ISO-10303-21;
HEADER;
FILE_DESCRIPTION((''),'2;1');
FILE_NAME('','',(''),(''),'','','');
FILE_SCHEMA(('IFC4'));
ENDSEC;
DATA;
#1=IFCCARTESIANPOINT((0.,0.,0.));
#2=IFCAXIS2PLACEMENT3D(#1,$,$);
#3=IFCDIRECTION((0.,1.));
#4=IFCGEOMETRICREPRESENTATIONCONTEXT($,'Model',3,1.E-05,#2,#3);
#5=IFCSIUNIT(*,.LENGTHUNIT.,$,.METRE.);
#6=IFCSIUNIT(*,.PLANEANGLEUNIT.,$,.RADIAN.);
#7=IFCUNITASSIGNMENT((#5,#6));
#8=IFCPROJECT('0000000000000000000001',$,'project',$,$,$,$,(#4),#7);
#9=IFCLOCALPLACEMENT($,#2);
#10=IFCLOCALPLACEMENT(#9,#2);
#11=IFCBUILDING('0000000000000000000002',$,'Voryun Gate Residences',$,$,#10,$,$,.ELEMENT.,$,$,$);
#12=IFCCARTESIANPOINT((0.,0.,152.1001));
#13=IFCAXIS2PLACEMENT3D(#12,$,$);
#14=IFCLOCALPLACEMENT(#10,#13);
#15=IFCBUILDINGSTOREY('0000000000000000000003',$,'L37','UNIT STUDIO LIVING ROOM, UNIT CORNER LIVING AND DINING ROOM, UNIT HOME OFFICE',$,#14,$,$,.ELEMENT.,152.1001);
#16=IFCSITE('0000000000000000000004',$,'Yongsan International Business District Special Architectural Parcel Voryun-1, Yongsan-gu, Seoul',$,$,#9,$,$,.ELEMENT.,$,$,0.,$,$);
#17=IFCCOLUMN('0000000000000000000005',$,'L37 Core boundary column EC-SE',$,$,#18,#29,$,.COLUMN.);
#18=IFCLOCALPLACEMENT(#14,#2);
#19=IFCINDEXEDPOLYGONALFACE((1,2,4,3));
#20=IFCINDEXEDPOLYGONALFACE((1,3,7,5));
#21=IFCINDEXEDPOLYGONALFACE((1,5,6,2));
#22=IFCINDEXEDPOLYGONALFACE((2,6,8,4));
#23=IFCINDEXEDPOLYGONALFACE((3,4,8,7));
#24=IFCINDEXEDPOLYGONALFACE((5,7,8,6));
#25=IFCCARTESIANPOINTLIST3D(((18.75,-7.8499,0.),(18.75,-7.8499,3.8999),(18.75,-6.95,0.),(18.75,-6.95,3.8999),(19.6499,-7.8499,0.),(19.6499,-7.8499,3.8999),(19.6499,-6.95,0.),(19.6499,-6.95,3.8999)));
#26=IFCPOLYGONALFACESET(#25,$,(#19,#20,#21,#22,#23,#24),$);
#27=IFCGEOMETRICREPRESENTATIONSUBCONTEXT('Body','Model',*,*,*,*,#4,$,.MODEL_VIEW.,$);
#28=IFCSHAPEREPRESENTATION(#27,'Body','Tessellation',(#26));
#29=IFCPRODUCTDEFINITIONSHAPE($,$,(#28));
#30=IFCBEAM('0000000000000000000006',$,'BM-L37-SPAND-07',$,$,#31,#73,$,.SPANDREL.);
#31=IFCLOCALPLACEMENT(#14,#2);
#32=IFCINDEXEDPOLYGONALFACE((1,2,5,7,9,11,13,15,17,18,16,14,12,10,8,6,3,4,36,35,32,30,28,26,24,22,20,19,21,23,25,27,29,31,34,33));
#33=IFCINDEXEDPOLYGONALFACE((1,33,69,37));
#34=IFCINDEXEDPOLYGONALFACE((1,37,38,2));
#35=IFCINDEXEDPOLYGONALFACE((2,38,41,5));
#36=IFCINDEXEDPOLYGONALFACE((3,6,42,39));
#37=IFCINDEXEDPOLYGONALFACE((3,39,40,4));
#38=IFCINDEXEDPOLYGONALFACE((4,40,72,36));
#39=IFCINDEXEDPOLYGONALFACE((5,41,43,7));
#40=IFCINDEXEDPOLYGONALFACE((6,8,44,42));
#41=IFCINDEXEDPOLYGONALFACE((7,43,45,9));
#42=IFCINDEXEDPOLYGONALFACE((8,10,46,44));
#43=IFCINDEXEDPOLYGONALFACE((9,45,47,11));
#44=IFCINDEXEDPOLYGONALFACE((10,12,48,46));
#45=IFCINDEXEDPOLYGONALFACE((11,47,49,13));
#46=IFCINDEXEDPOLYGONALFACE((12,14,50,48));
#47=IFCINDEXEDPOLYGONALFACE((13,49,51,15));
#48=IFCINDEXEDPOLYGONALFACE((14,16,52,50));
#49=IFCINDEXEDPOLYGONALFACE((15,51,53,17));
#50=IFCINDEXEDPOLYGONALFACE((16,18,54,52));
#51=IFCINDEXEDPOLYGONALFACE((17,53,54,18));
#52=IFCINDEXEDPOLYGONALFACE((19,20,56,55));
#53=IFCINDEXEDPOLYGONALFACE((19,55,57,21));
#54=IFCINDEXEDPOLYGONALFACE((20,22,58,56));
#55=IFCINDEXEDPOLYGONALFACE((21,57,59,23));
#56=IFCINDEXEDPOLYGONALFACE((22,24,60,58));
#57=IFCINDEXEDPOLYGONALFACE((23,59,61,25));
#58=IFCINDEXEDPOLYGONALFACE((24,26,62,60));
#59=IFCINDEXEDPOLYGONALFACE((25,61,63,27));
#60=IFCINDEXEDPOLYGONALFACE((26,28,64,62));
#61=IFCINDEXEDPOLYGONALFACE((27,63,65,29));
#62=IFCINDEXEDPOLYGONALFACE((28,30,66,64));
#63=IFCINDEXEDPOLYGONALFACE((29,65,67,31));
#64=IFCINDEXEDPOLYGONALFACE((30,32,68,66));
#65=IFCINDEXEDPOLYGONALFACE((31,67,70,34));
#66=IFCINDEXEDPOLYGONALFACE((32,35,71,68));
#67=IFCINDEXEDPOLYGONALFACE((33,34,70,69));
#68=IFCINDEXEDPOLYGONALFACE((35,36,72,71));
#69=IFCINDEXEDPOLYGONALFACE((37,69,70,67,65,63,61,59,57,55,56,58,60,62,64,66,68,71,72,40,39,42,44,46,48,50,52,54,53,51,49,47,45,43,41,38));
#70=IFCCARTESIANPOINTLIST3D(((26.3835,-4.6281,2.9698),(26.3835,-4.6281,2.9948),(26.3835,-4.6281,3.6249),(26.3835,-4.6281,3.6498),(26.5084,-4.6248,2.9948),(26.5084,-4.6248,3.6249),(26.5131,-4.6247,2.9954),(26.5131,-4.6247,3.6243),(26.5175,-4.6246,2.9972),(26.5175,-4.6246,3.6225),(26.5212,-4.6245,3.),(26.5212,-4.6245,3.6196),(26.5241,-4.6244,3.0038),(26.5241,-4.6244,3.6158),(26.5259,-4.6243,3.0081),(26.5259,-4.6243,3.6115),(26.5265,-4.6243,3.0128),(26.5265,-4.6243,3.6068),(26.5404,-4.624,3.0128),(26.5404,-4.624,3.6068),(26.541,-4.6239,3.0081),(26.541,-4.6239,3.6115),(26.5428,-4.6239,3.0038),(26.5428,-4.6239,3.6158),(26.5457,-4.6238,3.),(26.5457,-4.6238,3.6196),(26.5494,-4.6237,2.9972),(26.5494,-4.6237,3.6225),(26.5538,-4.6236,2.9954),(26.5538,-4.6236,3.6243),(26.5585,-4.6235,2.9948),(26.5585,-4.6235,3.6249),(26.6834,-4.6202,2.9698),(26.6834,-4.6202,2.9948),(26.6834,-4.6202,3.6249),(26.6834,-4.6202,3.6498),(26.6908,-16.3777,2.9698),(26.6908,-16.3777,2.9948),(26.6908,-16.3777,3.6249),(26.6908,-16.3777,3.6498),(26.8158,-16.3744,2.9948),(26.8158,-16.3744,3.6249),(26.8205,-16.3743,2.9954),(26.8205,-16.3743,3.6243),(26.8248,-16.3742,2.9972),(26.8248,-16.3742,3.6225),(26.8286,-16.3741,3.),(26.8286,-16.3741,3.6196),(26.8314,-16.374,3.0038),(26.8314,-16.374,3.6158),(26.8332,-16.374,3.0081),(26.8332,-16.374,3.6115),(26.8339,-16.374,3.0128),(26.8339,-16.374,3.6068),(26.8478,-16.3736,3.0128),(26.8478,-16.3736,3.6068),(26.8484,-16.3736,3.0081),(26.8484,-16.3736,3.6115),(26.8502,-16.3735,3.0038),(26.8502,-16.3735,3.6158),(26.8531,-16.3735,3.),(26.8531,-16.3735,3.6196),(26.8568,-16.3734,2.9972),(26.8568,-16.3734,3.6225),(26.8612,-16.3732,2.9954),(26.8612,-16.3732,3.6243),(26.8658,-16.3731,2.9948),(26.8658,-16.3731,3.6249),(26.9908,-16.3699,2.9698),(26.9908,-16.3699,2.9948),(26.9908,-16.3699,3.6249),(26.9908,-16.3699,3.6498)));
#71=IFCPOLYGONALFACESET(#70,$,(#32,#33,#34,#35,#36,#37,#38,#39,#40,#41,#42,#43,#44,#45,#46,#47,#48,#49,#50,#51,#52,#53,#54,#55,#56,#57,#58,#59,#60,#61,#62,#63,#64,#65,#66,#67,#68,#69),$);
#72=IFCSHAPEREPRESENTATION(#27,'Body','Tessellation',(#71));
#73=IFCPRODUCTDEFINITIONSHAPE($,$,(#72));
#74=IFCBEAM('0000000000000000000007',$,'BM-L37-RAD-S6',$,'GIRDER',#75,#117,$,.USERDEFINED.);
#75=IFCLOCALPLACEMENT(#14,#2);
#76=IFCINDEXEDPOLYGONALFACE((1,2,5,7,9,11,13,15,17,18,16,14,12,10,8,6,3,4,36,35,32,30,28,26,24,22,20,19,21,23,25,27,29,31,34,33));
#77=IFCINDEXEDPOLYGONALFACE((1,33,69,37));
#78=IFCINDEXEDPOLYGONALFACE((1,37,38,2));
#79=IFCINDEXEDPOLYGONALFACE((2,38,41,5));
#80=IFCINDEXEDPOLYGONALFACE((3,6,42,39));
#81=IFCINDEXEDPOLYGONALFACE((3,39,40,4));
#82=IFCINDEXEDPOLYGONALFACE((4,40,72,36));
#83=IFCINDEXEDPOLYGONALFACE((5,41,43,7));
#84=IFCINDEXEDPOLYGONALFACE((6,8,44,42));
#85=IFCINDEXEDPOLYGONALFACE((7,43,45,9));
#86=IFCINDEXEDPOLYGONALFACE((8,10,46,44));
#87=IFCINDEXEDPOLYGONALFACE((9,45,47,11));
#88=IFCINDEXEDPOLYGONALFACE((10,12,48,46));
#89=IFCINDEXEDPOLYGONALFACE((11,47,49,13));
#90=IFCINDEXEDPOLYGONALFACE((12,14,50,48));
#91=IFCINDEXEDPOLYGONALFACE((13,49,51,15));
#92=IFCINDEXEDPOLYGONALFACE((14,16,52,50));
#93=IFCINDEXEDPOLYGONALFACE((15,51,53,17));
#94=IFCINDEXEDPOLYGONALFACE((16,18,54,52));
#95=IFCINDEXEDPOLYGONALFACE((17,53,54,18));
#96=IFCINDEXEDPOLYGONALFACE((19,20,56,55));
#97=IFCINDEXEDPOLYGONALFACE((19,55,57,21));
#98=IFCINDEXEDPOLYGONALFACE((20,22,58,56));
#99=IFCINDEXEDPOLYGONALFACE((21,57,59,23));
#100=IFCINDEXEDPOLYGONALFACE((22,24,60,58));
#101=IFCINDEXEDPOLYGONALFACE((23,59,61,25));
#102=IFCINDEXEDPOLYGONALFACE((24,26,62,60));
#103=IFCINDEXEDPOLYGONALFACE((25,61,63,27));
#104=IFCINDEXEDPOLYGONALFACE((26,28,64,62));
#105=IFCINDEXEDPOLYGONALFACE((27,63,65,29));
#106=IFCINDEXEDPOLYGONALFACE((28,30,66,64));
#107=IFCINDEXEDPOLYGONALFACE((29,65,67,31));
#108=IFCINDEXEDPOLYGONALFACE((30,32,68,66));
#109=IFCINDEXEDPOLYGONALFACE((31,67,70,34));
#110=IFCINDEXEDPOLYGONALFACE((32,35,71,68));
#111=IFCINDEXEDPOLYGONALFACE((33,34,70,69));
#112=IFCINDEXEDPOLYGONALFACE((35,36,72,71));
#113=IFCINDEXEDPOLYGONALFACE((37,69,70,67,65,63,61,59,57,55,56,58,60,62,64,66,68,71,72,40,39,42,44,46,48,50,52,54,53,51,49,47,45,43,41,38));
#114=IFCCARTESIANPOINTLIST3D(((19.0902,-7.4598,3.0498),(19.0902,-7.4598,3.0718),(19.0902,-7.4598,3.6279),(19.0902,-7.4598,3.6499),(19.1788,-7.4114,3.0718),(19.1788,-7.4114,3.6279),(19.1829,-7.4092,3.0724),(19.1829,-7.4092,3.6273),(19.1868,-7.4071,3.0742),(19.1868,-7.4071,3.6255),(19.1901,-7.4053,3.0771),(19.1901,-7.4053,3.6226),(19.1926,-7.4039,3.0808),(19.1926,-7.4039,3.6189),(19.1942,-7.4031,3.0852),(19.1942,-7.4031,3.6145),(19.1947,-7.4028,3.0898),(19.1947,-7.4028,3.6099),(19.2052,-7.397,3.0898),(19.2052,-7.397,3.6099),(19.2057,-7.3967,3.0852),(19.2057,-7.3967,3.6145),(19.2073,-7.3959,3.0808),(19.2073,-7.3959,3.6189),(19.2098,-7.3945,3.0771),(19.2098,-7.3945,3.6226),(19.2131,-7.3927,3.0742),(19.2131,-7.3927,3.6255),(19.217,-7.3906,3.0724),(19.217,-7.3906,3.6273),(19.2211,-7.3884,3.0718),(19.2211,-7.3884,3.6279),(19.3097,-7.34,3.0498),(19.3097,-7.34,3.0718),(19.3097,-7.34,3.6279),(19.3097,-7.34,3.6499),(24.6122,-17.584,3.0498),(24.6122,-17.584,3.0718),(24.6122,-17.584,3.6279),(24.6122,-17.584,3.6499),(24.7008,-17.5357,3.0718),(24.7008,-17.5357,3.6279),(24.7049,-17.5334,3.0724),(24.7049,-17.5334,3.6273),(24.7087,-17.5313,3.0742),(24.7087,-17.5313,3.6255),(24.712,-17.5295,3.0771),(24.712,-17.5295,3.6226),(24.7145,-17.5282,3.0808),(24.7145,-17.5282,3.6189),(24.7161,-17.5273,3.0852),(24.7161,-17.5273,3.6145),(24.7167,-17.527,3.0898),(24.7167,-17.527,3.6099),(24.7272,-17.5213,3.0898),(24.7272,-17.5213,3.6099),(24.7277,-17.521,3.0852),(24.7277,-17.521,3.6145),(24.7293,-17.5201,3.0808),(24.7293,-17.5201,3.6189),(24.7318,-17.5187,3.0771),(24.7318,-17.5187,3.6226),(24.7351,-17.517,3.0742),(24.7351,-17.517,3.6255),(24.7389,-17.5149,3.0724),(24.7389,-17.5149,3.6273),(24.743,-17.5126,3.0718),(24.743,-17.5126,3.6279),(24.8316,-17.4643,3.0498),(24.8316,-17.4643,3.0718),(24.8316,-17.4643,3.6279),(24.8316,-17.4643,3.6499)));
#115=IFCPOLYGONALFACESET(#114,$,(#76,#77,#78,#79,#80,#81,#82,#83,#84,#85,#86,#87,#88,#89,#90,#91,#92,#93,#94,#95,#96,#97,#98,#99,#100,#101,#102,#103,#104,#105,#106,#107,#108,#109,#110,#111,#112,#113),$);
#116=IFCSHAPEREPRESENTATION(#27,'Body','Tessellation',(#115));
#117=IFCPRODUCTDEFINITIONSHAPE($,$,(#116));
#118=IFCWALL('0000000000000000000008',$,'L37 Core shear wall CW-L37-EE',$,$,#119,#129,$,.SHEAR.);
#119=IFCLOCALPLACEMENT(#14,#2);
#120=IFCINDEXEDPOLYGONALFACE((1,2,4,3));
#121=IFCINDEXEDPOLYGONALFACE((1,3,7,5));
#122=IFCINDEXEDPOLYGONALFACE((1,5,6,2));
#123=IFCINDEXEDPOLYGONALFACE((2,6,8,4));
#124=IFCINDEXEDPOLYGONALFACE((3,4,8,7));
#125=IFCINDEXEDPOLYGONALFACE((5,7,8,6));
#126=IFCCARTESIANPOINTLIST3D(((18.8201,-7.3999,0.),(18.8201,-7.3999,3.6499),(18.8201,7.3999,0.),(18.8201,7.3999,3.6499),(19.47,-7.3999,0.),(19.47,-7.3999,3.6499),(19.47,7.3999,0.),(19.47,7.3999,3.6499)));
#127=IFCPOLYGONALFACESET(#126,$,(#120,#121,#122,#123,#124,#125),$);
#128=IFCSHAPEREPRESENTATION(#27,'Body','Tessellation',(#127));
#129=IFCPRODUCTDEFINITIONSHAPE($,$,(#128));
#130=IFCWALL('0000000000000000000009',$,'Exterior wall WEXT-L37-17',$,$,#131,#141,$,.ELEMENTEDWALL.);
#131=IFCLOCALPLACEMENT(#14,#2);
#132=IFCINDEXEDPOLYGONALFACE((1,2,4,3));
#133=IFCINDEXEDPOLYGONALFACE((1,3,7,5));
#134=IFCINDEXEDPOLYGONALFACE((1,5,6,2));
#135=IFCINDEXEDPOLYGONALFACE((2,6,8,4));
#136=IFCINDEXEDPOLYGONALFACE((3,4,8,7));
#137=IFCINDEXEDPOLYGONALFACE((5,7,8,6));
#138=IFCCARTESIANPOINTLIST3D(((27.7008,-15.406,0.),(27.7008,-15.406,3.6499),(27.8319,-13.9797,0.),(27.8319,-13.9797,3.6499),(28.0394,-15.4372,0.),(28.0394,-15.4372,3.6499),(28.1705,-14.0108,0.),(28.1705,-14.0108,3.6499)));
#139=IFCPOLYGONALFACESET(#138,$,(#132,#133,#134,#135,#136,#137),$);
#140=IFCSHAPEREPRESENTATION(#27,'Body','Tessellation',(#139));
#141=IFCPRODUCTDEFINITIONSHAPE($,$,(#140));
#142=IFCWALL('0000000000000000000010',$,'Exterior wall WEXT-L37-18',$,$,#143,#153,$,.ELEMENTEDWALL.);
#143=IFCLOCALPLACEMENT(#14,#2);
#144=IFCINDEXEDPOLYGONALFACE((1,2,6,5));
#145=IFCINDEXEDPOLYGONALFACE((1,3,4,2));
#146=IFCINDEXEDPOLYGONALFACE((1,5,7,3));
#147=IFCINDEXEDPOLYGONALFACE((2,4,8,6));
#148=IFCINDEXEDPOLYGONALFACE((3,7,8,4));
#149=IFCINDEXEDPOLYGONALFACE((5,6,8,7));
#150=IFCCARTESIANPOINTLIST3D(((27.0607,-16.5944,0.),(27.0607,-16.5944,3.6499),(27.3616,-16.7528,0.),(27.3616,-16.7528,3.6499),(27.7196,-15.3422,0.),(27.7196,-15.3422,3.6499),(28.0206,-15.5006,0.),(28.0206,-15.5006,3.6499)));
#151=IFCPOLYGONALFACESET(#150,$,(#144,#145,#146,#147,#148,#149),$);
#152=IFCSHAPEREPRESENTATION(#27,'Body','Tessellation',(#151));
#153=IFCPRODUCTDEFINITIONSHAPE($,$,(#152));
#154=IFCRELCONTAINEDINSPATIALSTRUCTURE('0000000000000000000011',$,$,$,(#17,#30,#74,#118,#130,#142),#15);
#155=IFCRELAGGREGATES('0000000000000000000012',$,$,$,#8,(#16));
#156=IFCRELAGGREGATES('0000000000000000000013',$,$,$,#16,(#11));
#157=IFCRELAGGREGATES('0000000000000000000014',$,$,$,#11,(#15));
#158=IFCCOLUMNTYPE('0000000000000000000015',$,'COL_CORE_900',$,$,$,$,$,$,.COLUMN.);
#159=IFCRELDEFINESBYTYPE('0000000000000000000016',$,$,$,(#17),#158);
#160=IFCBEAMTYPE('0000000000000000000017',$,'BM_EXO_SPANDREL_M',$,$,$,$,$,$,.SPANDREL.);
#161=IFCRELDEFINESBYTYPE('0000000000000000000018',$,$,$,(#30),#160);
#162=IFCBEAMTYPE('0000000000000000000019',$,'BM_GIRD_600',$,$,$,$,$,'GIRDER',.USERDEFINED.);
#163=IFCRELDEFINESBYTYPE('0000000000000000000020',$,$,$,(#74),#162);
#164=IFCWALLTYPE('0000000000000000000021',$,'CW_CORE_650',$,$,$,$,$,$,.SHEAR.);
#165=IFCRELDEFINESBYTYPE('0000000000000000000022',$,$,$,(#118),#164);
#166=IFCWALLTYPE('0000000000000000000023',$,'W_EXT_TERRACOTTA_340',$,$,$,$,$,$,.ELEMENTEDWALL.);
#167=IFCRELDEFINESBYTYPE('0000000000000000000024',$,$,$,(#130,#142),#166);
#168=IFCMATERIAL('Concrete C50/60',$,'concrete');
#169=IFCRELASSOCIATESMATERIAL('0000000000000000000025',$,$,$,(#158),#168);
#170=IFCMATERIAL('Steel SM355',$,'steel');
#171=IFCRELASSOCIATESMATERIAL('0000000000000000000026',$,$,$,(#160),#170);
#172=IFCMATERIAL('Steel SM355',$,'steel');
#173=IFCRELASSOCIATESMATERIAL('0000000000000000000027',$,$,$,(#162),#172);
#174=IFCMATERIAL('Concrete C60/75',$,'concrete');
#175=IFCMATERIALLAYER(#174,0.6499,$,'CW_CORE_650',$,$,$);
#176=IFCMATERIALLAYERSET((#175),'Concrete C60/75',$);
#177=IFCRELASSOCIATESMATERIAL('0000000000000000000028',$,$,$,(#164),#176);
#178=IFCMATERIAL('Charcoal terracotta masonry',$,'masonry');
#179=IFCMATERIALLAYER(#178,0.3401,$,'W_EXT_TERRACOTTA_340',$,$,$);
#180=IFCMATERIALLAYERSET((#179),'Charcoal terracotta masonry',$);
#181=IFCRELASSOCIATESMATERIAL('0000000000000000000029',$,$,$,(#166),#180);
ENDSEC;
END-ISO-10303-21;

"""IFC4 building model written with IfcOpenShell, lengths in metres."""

from ifc_helpers import new_model, si_unit, direction, frame, frame_2d, origin, origin_2d, place, context, subcontext, project, spatial, rectangle, i_section, extrude, material, layer, layer_set, material_profile, profile_set, type_object, element, save


model = new_model("IFC4")

# Units and contexts
model_context = context("Model", 3, precision=1e-05, world=origin(), true_north=direction((0.0, 1.0)))
body_context = subcontext(model_context, "Body", "Model", "MODEL_VIEW")
ifc_project = project(units=[si_unit("LENGTHUNIT", "METRE"), si_unit("PLANEANGLEUNIT", "RADIAN")], contexts=[model_context])

# Site, building, storey
site_placement = place(None, origin())
site = spatial("IfcSite", under=ifc_project, at=site_placement, Name="Yongsan International Business District Special Architectural Parcel Voryun-1, Yongsan-gu, Seoul", CompositionType="ELEMENT", RefElevation=0.0)
building_placement = place(site_placement, origin())
building = spatial("IfcBuilding", under=site, at=building_placement, Name="Voryun Gate Residences", CompositionType="ELEMENT")
storey_placement = place(building_placement, frame((0.0, 0.0, 152.1001)))
storey = spatial("IfcBuildingStorey", under=building, at=storey_placement, Name="L37", Description="UNIT STUDIO LIVING ROOM, UNIT CORNER LIVING AND DINING ROOM, UNIT HOME OFFICE", CompositionType="ELEMENT", Elevation=152.1001)

# Column
ifc_material_1 = material(Name="Concrete C50/60", Category="concrete")
ifc_material_profile_1 = material_profile(ifc_material_1, rectangle(XDim=0.8999, YDim=0.8999, at=origin_2d()), Name="RC-900x900")
ifc_profile_set_1 = profile_set([ifc_material_profile_1], Name="Concrete C50/60")
column_type = type_object("IfcColumnType", Name="COL_CORE_900", PredefinedType="COLUMN", material=ifc_profile_set_1)
column_placement = place(storey_placement, frame((19.2, -7.3999, 0.0), z_axis=(0.0, 0.0, 1.0), x_axis=(1.0, 0.0, 0.0)))
element("IfcColumn", 1, at=column_placement, inside=storey, type_object=column_type, Name="L37 Core boundary column EC-SE", PredefinedType="COLUMN", context=body_context, shape_type="SweptSolid", body=[
    extrude(rectangle(XDim=0.8999, YDim=0.8999, at=origin_2d()), origin(), (0.0, 0.0, 1.0), 3.8999),
])

# Beams
ifc_material_2 = material(Name="Steel SM355", Category="steel")
ifc_material_profile_2 = material_profile(ifc_material_2, i_section(OverallWidth=0.3, OverallDepth=0.6799, WebThickness=0.0139, FlangeThickness=0.0249, FilletRadius=0.0181, at=origin_2d()), Name="H-680x300x14x25")
ifc_profile_set_2 = profile_set([ifc_material_profile_2], Name="Steel SM355")
beam_type_1 = type_object("IfcBeamType", Name="BM_EXO_SPANDREL_M", PredefinedType="SPANDREL", material=ifc_profile_set_2)
beam_1_placement = place(storey_placement, frame((26.8408, -16.3738, 3.3098), z_axis=(-0.026151, 0.999658, 0.0), x_axis=(-0.999658, -0.026151, 0.0)))
element("IfcBeam", 2, at=beam_1_placement, inside=storey, type_object=beam_type_1, Name="BM-L37-SPAND-07", PredefinedType="SPANDREL", context=body_context, shape_type="SweptSolid", body=[
    extrude(i_section(OverallWidth=0.3, OverallDepth=0.6799, WebThickness=0.0139, FlangeThickness=0.0249, FilletRadius=0.0181, at=origin_2d()), origin(), (0.0, 0.0, 1.0), 11.7537),
])
ifc_material_3 = material(Name="Steel SM355", Category="steel")
ifc_material_profile_3 = material_profile(ifc_material_3, i_section(OverallWidth=0.25, OverallDepth=0.6001, WebThickness=0.012, FlangeThickness=0.022, FilletRadius=0.0181, at=origin_2d()), Name="H-600x250x12x22")
ifc_profile_set_3 = profile_set([ifc_material_profile_3], Name="Steel SM355")
beam_type_2 = type_object("IfcBeamType", Name="BM_GIRD_600", ElementType="GIRDER", PredefinedType="USERDEFINED", material=ifc_profile_set_3)
beam_2_placement = place(storey_placement, frame((19.2, -7.3999, 3.3499), z_axis=(0.478828, -0.877909, 0.0), x_axis=(0.877909, 0.478828, 0.0)))
element("IfcBeam", 3, at=beam_2_placement, inside=storey, type_object=beam_type_2, Name="BM-L37-RAD-S6", ObjectType="GIRDER", PredefinedType="USERDEFINED", context=body_context, shape_type="SweptSolid", body=[
    extrude(i_section(OverallWidth=0.25, OverallDepth=0.6001, WebThickness=0.012, FlangeThickness=0.022, FilletRadius=0.0181, at=origin_2d()), origin(), (0.0, 0.0, 1.0), 11.5322),
])

# Walls
ifc_material_4 = material(Name="Concrete C60/75", Category="concrete")
ifc_layer_1 = layer(ifc_material_4, 0.6499, Name="CW_CORE_650")
ifc_layer_set_1 = layer_set([ifc_layer_1], Name="Concrete C60/75")
wall_type_1 = type_object("IfcWallType", Name="CW_CORE_650", PredefinedType="SHEAR", material=ifc_layer_set_1)
wall_1_placement = place(storey_placement, frame((19.145, -7.3999, 0.0), z_axis=(0.0, 0.0, 1.0), x_axis=(0.0, 1.0, 0.0)))
element("IfcWall", 4, at=wall_1_placement, inside=storey, type_object=wall_type_1, Name="L37 Core shear wall CW-L37-EE", PredefinedType="SHEAR", context=body_context, shape_type="SweptSolid", body=[
    extrude(rectangle(XDim=14.7998, YDim=0.6499, at=frame_2d((7.3999, 0.0))), origin(), (0.0, 0.0, 1.0), 3.6499),
])
ifc_material_5 = material(Name="Charcoal terracotta masonry", Category="masonry")
ifc_layer_2 = layer(ifc_material_5, 0.3401, Name="W_EXT_TERRACOTTA_340")
ifc_layer_set_2 = layer_set([ifc_layer_2], Name="Charcoal terracotta masonry")
wall_type_2 = type_object("IfcWallType", Name="W_EXT_TERRACOTTA_340", PredefinedType="ELEMENTEDWALL", material=ifc_layer_set_2)
wall_2_placement = place(storey_placement, frame((28.0012, -13.9951, 0.0), z_axis=(0.0, 0.0, 1.0), x_axis=(-0.091535, -0.995802, 0.0)))
element("IfcWall", 5, at=wall_2_placement, inside=storey, type_object=wall_type_2, Name="Exterior wall WEXT-L37-17", PredefinedType="ELEMENTEDWALL", context=body_context, shape_type="SweptSolid", body=[
    extrude(rectangle(XDim=1.4324, YDim=0.3401, at=frame_2d((0.7163, 0.0))), origin(), (0.0, 0.0, 1.0), 3.6499),
])
wall_3_placement = place(storey_placement, frame((27.8701, -15.4214, 0.0), z_axis=(0.0, 0.0, 1.0), x_axis=(-0.465682, -0.884952, 0.0)))
element("IfcWall", 6, at=wall_3_placement, inside=storey, type_object=wall_type_2, Name="Exterior wall WEXT-L37-18", PredefinedType="ELEMENTEDWALL", context=body_context, shape_type="SweptSolid", body=[
    extrude(rectangle(XDim=1.415, YDim=0.3401, at=frame_2d((0.7075, 0.0))), origin(), (0.0, 0.0, 1.0), 3.6499),
])

save(model, "model.ifc")
